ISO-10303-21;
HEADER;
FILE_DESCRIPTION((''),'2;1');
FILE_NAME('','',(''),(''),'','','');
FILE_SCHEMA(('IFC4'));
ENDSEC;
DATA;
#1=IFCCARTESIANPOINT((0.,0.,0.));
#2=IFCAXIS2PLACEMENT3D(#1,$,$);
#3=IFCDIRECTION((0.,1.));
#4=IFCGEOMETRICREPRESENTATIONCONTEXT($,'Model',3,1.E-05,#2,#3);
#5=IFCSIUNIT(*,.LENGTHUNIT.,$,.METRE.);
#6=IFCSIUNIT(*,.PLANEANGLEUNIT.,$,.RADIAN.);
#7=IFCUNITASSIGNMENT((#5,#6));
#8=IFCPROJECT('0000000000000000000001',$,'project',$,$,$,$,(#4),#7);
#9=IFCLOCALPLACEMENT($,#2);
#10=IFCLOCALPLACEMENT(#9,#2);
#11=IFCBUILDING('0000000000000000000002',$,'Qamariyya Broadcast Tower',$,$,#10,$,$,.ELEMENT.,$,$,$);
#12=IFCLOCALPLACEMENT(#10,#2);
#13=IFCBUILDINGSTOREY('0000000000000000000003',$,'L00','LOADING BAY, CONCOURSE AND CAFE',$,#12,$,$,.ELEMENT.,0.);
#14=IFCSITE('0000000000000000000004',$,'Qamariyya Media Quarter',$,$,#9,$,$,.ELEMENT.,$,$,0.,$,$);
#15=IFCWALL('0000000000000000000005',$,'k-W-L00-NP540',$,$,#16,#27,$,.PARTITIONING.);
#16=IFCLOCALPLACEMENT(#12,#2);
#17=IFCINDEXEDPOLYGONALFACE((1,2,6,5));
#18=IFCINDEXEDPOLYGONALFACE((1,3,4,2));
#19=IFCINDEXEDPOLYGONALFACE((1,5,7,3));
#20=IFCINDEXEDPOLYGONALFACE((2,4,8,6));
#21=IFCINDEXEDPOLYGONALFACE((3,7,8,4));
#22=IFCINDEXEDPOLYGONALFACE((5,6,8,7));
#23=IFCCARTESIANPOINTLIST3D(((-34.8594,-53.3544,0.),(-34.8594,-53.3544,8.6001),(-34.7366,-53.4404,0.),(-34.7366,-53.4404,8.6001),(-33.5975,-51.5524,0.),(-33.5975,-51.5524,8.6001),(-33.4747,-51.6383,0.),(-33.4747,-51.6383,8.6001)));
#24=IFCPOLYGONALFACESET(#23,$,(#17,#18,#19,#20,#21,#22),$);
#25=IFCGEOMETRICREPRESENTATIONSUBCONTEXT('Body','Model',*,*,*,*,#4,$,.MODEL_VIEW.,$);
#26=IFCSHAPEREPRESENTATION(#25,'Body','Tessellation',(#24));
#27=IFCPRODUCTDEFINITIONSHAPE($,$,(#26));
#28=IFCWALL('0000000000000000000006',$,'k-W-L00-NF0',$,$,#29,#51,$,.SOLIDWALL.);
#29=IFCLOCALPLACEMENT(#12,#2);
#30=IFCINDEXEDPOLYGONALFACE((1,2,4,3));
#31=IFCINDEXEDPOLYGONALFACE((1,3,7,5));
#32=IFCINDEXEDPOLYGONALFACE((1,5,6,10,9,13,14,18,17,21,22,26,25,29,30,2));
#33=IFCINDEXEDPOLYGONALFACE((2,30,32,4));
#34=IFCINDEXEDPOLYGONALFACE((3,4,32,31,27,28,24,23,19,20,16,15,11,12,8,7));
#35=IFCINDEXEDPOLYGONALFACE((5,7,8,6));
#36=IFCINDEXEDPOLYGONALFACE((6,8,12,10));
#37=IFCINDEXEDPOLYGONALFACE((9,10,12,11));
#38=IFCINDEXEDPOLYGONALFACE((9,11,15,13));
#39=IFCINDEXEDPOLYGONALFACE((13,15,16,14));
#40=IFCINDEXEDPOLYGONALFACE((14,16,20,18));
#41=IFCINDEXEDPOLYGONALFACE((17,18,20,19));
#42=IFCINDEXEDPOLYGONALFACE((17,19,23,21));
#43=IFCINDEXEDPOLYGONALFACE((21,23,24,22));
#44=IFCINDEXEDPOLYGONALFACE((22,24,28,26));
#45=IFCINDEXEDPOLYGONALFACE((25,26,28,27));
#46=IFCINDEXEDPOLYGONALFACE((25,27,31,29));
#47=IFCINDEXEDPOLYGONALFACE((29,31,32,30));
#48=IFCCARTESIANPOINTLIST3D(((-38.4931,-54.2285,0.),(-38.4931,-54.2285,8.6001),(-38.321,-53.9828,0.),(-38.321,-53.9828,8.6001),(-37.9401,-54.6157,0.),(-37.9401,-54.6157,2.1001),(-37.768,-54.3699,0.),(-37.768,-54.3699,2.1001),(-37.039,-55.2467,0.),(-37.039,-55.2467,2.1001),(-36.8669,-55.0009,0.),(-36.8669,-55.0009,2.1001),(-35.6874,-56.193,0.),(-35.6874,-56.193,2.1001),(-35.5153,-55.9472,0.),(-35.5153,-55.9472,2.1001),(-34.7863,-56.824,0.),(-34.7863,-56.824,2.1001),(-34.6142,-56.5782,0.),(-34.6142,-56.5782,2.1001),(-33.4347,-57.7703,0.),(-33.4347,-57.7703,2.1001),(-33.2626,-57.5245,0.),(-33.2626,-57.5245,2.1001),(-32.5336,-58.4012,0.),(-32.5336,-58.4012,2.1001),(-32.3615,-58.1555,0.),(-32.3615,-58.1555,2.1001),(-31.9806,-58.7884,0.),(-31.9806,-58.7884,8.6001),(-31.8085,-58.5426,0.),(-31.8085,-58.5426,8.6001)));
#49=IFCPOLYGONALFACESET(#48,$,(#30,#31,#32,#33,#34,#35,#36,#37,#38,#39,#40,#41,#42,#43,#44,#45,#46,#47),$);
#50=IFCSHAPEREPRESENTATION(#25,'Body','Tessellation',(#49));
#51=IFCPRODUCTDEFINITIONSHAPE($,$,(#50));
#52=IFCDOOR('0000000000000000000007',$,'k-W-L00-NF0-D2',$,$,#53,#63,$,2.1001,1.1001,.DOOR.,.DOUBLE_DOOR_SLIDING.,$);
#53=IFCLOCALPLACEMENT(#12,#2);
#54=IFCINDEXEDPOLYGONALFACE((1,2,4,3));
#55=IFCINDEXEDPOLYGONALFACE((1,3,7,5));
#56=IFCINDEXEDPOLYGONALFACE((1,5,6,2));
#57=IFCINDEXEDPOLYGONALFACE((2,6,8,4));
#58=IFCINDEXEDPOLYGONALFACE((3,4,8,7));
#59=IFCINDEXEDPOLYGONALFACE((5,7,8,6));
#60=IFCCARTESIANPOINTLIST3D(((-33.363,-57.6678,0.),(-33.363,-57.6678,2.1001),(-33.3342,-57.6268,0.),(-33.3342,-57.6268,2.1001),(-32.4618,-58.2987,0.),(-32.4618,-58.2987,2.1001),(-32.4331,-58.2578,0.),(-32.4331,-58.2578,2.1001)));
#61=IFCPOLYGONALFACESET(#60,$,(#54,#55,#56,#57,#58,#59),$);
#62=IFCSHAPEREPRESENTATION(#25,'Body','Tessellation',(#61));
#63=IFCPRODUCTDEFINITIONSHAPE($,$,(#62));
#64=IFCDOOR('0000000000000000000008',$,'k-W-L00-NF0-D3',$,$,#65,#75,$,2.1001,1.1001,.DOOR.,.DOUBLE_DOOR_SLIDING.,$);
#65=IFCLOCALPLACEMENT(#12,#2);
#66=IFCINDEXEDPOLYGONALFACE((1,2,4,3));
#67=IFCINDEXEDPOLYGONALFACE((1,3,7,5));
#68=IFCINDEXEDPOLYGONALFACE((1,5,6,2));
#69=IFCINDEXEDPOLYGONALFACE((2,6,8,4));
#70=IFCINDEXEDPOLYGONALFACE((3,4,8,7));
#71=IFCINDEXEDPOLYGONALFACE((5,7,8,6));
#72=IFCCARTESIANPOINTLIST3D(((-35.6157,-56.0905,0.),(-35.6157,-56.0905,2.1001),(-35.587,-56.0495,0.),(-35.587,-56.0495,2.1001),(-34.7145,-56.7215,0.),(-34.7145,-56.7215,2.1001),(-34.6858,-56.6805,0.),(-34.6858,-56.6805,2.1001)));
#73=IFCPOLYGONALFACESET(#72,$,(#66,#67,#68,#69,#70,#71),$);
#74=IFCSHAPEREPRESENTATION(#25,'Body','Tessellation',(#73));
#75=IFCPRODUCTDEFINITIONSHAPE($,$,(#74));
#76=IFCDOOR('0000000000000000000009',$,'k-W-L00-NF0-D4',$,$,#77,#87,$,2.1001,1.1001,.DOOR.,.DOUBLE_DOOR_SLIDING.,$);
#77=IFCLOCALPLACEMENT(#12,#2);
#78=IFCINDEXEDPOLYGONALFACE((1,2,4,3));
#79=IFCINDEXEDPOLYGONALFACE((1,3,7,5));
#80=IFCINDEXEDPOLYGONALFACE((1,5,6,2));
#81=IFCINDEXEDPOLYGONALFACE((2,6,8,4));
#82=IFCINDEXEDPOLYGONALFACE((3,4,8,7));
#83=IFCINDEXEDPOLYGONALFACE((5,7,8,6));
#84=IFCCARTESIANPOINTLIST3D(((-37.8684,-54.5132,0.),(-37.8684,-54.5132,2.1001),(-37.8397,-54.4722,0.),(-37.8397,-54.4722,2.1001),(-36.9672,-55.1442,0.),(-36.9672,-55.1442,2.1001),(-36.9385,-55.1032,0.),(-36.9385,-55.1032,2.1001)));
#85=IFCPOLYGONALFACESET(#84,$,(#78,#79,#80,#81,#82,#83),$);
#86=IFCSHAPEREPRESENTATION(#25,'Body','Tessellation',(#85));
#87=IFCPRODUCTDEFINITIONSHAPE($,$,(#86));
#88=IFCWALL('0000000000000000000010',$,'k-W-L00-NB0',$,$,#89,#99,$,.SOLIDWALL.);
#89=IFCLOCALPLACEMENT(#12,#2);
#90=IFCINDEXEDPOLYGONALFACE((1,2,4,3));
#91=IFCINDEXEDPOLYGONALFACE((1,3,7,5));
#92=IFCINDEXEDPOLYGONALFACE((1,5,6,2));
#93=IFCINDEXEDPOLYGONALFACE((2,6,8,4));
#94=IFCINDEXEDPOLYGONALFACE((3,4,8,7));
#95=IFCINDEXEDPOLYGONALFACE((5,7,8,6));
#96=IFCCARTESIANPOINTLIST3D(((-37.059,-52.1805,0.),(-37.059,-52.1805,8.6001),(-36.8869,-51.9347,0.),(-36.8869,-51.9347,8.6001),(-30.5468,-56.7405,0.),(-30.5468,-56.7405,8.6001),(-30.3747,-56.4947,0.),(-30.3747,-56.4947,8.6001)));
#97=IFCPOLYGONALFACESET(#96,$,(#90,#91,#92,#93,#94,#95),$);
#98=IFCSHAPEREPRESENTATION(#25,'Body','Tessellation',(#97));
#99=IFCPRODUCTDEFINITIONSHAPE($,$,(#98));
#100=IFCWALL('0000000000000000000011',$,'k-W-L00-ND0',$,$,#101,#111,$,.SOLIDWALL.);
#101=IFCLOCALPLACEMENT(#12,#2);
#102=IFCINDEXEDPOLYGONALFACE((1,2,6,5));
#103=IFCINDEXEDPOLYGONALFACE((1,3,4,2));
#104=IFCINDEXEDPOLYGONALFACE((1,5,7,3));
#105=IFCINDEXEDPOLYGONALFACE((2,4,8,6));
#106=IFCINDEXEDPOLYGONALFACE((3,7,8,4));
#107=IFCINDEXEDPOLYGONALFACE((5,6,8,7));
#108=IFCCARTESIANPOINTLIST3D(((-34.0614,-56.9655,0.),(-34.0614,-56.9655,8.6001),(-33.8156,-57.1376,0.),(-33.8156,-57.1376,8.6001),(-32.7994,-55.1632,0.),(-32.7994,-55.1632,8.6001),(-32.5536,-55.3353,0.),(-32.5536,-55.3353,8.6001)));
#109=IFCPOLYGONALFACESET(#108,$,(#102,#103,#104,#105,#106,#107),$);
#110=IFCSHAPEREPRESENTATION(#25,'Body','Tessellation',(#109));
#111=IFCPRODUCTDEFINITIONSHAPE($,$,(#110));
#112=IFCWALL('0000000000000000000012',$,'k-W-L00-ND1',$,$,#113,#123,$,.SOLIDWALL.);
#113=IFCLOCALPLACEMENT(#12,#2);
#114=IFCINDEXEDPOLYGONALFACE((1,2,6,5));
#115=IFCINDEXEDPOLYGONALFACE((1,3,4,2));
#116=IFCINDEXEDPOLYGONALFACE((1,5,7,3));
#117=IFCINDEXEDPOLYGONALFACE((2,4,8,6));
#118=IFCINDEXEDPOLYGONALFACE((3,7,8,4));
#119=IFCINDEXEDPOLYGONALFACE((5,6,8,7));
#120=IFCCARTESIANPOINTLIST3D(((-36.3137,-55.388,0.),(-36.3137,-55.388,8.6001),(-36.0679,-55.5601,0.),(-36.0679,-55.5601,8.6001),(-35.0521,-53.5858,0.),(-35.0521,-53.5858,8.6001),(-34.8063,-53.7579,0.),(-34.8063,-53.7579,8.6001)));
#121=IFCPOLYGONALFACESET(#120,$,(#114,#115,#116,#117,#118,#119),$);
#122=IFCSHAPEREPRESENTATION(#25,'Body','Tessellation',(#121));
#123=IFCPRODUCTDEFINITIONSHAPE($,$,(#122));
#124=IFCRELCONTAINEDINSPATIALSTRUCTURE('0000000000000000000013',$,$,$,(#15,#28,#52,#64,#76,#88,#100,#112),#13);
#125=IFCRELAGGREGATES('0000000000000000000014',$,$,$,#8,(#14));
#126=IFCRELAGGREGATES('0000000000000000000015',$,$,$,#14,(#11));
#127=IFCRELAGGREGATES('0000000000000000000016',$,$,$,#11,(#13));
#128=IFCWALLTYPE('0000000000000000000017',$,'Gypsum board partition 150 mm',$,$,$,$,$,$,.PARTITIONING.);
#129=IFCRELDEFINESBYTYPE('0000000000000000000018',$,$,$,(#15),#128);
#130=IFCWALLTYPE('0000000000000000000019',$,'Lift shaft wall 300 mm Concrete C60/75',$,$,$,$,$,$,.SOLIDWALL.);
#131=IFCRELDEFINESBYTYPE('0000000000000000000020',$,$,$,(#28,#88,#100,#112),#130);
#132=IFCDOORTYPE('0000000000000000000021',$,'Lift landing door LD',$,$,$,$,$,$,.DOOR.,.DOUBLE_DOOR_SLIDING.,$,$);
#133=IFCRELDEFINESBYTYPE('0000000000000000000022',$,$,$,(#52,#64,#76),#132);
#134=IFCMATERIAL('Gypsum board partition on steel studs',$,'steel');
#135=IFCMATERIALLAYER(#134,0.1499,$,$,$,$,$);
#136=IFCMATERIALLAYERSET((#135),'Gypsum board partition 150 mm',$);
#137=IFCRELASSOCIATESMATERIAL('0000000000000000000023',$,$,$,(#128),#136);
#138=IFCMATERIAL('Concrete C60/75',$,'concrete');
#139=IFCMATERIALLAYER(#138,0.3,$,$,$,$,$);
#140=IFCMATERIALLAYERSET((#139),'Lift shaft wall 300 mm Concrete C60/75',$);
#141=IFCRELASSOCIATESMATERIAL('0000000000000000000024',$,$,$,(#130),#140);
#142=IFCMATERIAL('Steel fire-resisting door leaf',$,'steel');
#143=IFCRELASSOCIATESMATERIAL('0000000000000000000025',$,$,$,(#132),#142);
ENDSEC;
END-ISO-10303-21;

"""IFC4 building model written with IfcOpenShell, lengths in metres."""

from ifc_helpers import new_model, si_unit, direction, frame, frame_2d, origin, place, context, subcontext, project, spatial, rectangle, extrude, material, layer, layer_set, type_object, element, fill, save


model = new_model("IFC4")

# Units and contexts
model_context = context("Model", 3, precision=1e-05, world=origin(), true_north=direction((0.0, 1.0)))
body_context = subcontext(model_context, "Body", "Model", "MODEL_VIEW")
ifc_project = project(units=[si_unit("LENGTHUNIT", "METRE"), si_unit("PLANEANGLEUNIT", "RADIAN")], contexts=[model_context])

# Site, building, storey
site_placement = place(None, origin())
site = spatial("IfcSite", under=ifc_project, at=site_placement, Name="Qamariyya Media Quarter", CompositionType="ELEMENT", RefElevation=0.0)
building_placement = place(site_placement, origin())
building = spatial("IfcBuilding", under=site, at=building_placement, Name="Qamariyya Broadcast Tower", CompositionType="ELEMENT")
storey_placement = place(building_placement, origin())
storey = spatial("IfcBuildingStorey", under=building, at=storey_placement, Name="L00", Description="LOADING BAY, CONCOURSE AND CAFE", CompositionType="ELEMENT", Elevation=0.0)

# Wall
ifc_material_1 = material(Name="Gypsum board partition on steel studs", Category="steel")
ifc_layer_1 = layer(ifc_material_1, 0.1499)
ifc_layer_set_1 = layer_set([ifc_layer_1], Name="Gypsum board partition 150 mm")
wall_type_1 = type_object("IfcWallType", Name="Gypsum board partition 150 mm", PredefinedType="PARTITIONING", material=ifc_layer_set_1)
for number, where, z_axis, x_axis, name in (
    (1, (-34.7981, -53.3975, 0.0), (0.0, 0.0, 1.0), (0.573634, 0.819112, 0.0), "k-W-L00-NP540"),
):
    element("IfcWall", number, at=place(storey_placement, frame(where, z_axis=z_axis, x_axis=x_axis)), inside=storey, type_object=wall_type_1, Name=name, PredefinedType="PARTITIONING", context=body_context, shape_type="SweptSolid", body=[
        extrude(rectangle(XDim=2.2, YDim=0.1499, at=frame_2d((1.1001, 0.0))), origin(), (0.0, 0.0, 1.0), 8.6001),
    ])

# Wall, openings, doors
ifc_material_2 = material(Name="Concrete C60/75", Category="concrete")
ifc_layer_2 = layer(ifc_material_2, 0.3)
ifc_layer_set_2 = layer_set([ifc_layer_2], Name="Lift shaft wall 300 mm Concrete C60/75")
wall_type_2 = type_object("IfcWallType", Name="Lift shaft wall 300 mm Concrete C60/75", PredefinedType="SOLIDWALL", material=ifc_layer_set_2)
wall_1_placement = place(storey_placement, frame((-31.8945, -58.6655, 0.0), z_axis=(0.0, 0.0, 1.0), x_axis=(-0.819167, 0.573555, 0.0)))
wall_1 = element("IfcWall", 2, at=wall_1_placement, inside=storey, type_object=wall_type_2, Name="k-W-L00-NF0", PredefinedType="SOLIDWALL", context=body_context, shape_type="SweptSolid", body=[
    extrude(rectangle(XDim=7.9502, YDim=0.3, at=frame_2d((3.9751, 0.0))), origin(), (0.0, 0.0, 1.0), 8.6001),
])
opening_1_placement = place(wall_1_placement, frame((0.675, 0.0, 0.0)))
opening_1 = element("IfcOpeningElement", 3, at=opening_1_placement, cuts=wall_1, PredefinedType="OPENING", context=body_context, shape_type="SweptSolid", body=[
    extrude(rectangle(XDim=1.1001, YDim=2.1001, at=frame_2d((0.55, 1.05))), frame((0.0, 0.1599, 0.0), z_axis=(0.0, -1.0, 0.0), x_axis=(1.0, 0.0, 0.0)), (0.0, 0.0, 1.0), 0.3201),
])
opening_2_placement = place(wall_1_placement, frame((3.425, 0.0, 0.0)))
opening_2 = element("IfcOpeningElement", 4, at=opening_2_placement, cuts=wall_1, PredefinedType="OPENING", context=body_context, shape_type="SweptSolid", body=[
    extrude(rectangle(XDim=1.1001, YDim=2.1001, at=frame_2d((0.55, 1.05))), frame((0.0, 0.1599, 0.0), z_axis=(0.0, -1.0, 0.0), x_axis=(1.0, 0.0, 0.0)), (0.0, 0.0, 1.0), 0.3201),
])
opening_3_placement = place(wall_1_placement, frame((6.175, 0.0, 0.0)))
opening_3 = element("IfcOpeningElement", 5, at=opening_3_placement, cuts=wall_1, PredefinedType="OPENING", context=body_context, shape_type="SweptSolid", body=[
    extrude(rectangle(XDim=1.1001, YDim=2.1001, at=frame_2d((0.55, 1.05))), frame((0.0, 0.1599, 0.0), z_axis=(0.0, -1.0, 0.0), x_axis=(1.0, 0.0, 0.0)), (0.0, 0.0, 1.0), 0.3201),
])
ifc_material_3 = material(Name="Steel fire-resisting door leaf", Category="steel")
door_type_1 = type_object("IfcDoorType", Name="Lift landing door LD", OperationType="DOUBLE_DOOR_SLIDING", PredefinedType="DOOR", material=ifc_material_3)
door_1_placement = place(opening_1_placement, origin())
door_1 = element("IfcDoor", 6, at=door_1_placement, inside=storey, type_object=door_type_1, Name="k-W-L00-NF0-D2", OperationType="DOUBLE_DOOR_SLIDING", OverallHeight=2.1001, OverallWidth=1.1001, PredefinedType="DOOR", context=body_context, shape_type="SweptSolid", body=[
    extrude(rectangle(XDim=1.1001, YDim=2.1001, at=frame_2d((0.55, 1.05))), frame((0.0, 0.0249, 0.0), z_axis=(0.0, -1.0, 0.0), x_axis=(1.0, 0.0, 0.0)), (0.0, 0.0, 1.0), 0.05),
])
fill(opening_1, door_1)
door_2_placement = place(opening_2_placement, origin())
door_2 = element("IfcDoor", 7, at=door_2_placement, inside=storey, type_object=door_type_1, Name="k-W-L00-NF0-D3", OperationType="DOUBLE_DOOR_SLIDING", OverallHeight=2.1001, OverallWidth=1.1001, PredefinedType="DOOR", context=body_context, shape_type="SweptSolid", body=[
    extrude(rectangle(XDim=1.1001, YDim=2.1001, at=frame_2d((0.55, 1.05))), frame((0.0, 0.0249, 0.0), z_axis=(0.0, -1.0, 0.0), x_axis=(1.0, 0.0, 0.0)), (0.0, 0.0, 1.0), 0.05),
])
fill(opening_2, door_2)
door_3_placement = place(opening_3_placement, origin())
door_3 = element("IfcDoor", 8, at=door_3_placement, inside=storey, type_object=door_type_1, Name="k-W-L00-NF0-D4", OperationType="DOUBLE_DOOR_SLIDING", OverallHeight=2.1001, OverallWidth=1.1001, PredefinedType="DOOR", context=body_context, shape_type="SweptSolid", body=[
    extrude(rectangle(XDim=1.1001, YDim=2.1001, at=frame_2d((0.55, 1.05))), frame((0.0, 0.0249, 0.0), z_axis=(0.0, -1.0, 0.0), x_axis=(1.0, 0.0, 0.0)), (0.0, 0.0, 1.0), 0.05),
])
fill(opening_3, door_3)

# Walls
wall_2_placement = place(storey_placement, frame((-30.4607, -56.6177, 0.0), z_axis=(0.0, 0.0, 1.0), x_axis=(-0.819142, 0.57359, 0.0)))
element("IfcWall", 9, at=wall_2_placement, inside=storey, type_object=wall_type_2, Name="k-W-L00-NB0", PredefinedType="SOLIDWALL", context=body_context, shape_type="SweptSolid", body=[
    extrude(rectangle(XDim=7.95, YDim=0.3, at=frame_2d((3.9751, 0.0))), origin(), (0.0, 0.0, 1.0), 8.6001),
])
wall_3_placement = place(storey_placement, frame((-33.9385, -57.0515, 0.0), z_axis=(0.0, 0.0, 1.0), x_axis=(0.573581, 0.819149, 0.0)))
element("IfcWall", 10, at=wall_3_placement, inside=storey, type_object=wall_type_2, Name="k-W-L00-ND0", PredefinedType="SOLIDWALL", context=body_context, shape_type="SweptSolid", body=[
    extrude(rectangle(XDim=2.2002, YDim=0.3, at=frame_2d((1.1001, 0.0))), origin(), (0.0, 0.0, 1.0), 8.6001),
])
wall_4_placement = place(storey_placement, frame((-36.1909, -55.4741, 0.0), z_axis=(0.0, 0.0, 1.0), x_axis=(0.573507, 0.819201, 0.0)))
element("IfcWall", 11, at=wall_4_placement, inside=storey, type_object=wall_type_2, Name="k-W-L00-ND1", PredefinedType="SOLIDWALL", context=body_context, shape_type="SweptSolid", body=[
    extrude(rectangle(XDim=2.2, YDim=0.3, at=frame_2d((1.1001, 0.0))), origin(), (0.0, 0.0, 1.0), 8.6001),
])

save(model, "model.ifc")
